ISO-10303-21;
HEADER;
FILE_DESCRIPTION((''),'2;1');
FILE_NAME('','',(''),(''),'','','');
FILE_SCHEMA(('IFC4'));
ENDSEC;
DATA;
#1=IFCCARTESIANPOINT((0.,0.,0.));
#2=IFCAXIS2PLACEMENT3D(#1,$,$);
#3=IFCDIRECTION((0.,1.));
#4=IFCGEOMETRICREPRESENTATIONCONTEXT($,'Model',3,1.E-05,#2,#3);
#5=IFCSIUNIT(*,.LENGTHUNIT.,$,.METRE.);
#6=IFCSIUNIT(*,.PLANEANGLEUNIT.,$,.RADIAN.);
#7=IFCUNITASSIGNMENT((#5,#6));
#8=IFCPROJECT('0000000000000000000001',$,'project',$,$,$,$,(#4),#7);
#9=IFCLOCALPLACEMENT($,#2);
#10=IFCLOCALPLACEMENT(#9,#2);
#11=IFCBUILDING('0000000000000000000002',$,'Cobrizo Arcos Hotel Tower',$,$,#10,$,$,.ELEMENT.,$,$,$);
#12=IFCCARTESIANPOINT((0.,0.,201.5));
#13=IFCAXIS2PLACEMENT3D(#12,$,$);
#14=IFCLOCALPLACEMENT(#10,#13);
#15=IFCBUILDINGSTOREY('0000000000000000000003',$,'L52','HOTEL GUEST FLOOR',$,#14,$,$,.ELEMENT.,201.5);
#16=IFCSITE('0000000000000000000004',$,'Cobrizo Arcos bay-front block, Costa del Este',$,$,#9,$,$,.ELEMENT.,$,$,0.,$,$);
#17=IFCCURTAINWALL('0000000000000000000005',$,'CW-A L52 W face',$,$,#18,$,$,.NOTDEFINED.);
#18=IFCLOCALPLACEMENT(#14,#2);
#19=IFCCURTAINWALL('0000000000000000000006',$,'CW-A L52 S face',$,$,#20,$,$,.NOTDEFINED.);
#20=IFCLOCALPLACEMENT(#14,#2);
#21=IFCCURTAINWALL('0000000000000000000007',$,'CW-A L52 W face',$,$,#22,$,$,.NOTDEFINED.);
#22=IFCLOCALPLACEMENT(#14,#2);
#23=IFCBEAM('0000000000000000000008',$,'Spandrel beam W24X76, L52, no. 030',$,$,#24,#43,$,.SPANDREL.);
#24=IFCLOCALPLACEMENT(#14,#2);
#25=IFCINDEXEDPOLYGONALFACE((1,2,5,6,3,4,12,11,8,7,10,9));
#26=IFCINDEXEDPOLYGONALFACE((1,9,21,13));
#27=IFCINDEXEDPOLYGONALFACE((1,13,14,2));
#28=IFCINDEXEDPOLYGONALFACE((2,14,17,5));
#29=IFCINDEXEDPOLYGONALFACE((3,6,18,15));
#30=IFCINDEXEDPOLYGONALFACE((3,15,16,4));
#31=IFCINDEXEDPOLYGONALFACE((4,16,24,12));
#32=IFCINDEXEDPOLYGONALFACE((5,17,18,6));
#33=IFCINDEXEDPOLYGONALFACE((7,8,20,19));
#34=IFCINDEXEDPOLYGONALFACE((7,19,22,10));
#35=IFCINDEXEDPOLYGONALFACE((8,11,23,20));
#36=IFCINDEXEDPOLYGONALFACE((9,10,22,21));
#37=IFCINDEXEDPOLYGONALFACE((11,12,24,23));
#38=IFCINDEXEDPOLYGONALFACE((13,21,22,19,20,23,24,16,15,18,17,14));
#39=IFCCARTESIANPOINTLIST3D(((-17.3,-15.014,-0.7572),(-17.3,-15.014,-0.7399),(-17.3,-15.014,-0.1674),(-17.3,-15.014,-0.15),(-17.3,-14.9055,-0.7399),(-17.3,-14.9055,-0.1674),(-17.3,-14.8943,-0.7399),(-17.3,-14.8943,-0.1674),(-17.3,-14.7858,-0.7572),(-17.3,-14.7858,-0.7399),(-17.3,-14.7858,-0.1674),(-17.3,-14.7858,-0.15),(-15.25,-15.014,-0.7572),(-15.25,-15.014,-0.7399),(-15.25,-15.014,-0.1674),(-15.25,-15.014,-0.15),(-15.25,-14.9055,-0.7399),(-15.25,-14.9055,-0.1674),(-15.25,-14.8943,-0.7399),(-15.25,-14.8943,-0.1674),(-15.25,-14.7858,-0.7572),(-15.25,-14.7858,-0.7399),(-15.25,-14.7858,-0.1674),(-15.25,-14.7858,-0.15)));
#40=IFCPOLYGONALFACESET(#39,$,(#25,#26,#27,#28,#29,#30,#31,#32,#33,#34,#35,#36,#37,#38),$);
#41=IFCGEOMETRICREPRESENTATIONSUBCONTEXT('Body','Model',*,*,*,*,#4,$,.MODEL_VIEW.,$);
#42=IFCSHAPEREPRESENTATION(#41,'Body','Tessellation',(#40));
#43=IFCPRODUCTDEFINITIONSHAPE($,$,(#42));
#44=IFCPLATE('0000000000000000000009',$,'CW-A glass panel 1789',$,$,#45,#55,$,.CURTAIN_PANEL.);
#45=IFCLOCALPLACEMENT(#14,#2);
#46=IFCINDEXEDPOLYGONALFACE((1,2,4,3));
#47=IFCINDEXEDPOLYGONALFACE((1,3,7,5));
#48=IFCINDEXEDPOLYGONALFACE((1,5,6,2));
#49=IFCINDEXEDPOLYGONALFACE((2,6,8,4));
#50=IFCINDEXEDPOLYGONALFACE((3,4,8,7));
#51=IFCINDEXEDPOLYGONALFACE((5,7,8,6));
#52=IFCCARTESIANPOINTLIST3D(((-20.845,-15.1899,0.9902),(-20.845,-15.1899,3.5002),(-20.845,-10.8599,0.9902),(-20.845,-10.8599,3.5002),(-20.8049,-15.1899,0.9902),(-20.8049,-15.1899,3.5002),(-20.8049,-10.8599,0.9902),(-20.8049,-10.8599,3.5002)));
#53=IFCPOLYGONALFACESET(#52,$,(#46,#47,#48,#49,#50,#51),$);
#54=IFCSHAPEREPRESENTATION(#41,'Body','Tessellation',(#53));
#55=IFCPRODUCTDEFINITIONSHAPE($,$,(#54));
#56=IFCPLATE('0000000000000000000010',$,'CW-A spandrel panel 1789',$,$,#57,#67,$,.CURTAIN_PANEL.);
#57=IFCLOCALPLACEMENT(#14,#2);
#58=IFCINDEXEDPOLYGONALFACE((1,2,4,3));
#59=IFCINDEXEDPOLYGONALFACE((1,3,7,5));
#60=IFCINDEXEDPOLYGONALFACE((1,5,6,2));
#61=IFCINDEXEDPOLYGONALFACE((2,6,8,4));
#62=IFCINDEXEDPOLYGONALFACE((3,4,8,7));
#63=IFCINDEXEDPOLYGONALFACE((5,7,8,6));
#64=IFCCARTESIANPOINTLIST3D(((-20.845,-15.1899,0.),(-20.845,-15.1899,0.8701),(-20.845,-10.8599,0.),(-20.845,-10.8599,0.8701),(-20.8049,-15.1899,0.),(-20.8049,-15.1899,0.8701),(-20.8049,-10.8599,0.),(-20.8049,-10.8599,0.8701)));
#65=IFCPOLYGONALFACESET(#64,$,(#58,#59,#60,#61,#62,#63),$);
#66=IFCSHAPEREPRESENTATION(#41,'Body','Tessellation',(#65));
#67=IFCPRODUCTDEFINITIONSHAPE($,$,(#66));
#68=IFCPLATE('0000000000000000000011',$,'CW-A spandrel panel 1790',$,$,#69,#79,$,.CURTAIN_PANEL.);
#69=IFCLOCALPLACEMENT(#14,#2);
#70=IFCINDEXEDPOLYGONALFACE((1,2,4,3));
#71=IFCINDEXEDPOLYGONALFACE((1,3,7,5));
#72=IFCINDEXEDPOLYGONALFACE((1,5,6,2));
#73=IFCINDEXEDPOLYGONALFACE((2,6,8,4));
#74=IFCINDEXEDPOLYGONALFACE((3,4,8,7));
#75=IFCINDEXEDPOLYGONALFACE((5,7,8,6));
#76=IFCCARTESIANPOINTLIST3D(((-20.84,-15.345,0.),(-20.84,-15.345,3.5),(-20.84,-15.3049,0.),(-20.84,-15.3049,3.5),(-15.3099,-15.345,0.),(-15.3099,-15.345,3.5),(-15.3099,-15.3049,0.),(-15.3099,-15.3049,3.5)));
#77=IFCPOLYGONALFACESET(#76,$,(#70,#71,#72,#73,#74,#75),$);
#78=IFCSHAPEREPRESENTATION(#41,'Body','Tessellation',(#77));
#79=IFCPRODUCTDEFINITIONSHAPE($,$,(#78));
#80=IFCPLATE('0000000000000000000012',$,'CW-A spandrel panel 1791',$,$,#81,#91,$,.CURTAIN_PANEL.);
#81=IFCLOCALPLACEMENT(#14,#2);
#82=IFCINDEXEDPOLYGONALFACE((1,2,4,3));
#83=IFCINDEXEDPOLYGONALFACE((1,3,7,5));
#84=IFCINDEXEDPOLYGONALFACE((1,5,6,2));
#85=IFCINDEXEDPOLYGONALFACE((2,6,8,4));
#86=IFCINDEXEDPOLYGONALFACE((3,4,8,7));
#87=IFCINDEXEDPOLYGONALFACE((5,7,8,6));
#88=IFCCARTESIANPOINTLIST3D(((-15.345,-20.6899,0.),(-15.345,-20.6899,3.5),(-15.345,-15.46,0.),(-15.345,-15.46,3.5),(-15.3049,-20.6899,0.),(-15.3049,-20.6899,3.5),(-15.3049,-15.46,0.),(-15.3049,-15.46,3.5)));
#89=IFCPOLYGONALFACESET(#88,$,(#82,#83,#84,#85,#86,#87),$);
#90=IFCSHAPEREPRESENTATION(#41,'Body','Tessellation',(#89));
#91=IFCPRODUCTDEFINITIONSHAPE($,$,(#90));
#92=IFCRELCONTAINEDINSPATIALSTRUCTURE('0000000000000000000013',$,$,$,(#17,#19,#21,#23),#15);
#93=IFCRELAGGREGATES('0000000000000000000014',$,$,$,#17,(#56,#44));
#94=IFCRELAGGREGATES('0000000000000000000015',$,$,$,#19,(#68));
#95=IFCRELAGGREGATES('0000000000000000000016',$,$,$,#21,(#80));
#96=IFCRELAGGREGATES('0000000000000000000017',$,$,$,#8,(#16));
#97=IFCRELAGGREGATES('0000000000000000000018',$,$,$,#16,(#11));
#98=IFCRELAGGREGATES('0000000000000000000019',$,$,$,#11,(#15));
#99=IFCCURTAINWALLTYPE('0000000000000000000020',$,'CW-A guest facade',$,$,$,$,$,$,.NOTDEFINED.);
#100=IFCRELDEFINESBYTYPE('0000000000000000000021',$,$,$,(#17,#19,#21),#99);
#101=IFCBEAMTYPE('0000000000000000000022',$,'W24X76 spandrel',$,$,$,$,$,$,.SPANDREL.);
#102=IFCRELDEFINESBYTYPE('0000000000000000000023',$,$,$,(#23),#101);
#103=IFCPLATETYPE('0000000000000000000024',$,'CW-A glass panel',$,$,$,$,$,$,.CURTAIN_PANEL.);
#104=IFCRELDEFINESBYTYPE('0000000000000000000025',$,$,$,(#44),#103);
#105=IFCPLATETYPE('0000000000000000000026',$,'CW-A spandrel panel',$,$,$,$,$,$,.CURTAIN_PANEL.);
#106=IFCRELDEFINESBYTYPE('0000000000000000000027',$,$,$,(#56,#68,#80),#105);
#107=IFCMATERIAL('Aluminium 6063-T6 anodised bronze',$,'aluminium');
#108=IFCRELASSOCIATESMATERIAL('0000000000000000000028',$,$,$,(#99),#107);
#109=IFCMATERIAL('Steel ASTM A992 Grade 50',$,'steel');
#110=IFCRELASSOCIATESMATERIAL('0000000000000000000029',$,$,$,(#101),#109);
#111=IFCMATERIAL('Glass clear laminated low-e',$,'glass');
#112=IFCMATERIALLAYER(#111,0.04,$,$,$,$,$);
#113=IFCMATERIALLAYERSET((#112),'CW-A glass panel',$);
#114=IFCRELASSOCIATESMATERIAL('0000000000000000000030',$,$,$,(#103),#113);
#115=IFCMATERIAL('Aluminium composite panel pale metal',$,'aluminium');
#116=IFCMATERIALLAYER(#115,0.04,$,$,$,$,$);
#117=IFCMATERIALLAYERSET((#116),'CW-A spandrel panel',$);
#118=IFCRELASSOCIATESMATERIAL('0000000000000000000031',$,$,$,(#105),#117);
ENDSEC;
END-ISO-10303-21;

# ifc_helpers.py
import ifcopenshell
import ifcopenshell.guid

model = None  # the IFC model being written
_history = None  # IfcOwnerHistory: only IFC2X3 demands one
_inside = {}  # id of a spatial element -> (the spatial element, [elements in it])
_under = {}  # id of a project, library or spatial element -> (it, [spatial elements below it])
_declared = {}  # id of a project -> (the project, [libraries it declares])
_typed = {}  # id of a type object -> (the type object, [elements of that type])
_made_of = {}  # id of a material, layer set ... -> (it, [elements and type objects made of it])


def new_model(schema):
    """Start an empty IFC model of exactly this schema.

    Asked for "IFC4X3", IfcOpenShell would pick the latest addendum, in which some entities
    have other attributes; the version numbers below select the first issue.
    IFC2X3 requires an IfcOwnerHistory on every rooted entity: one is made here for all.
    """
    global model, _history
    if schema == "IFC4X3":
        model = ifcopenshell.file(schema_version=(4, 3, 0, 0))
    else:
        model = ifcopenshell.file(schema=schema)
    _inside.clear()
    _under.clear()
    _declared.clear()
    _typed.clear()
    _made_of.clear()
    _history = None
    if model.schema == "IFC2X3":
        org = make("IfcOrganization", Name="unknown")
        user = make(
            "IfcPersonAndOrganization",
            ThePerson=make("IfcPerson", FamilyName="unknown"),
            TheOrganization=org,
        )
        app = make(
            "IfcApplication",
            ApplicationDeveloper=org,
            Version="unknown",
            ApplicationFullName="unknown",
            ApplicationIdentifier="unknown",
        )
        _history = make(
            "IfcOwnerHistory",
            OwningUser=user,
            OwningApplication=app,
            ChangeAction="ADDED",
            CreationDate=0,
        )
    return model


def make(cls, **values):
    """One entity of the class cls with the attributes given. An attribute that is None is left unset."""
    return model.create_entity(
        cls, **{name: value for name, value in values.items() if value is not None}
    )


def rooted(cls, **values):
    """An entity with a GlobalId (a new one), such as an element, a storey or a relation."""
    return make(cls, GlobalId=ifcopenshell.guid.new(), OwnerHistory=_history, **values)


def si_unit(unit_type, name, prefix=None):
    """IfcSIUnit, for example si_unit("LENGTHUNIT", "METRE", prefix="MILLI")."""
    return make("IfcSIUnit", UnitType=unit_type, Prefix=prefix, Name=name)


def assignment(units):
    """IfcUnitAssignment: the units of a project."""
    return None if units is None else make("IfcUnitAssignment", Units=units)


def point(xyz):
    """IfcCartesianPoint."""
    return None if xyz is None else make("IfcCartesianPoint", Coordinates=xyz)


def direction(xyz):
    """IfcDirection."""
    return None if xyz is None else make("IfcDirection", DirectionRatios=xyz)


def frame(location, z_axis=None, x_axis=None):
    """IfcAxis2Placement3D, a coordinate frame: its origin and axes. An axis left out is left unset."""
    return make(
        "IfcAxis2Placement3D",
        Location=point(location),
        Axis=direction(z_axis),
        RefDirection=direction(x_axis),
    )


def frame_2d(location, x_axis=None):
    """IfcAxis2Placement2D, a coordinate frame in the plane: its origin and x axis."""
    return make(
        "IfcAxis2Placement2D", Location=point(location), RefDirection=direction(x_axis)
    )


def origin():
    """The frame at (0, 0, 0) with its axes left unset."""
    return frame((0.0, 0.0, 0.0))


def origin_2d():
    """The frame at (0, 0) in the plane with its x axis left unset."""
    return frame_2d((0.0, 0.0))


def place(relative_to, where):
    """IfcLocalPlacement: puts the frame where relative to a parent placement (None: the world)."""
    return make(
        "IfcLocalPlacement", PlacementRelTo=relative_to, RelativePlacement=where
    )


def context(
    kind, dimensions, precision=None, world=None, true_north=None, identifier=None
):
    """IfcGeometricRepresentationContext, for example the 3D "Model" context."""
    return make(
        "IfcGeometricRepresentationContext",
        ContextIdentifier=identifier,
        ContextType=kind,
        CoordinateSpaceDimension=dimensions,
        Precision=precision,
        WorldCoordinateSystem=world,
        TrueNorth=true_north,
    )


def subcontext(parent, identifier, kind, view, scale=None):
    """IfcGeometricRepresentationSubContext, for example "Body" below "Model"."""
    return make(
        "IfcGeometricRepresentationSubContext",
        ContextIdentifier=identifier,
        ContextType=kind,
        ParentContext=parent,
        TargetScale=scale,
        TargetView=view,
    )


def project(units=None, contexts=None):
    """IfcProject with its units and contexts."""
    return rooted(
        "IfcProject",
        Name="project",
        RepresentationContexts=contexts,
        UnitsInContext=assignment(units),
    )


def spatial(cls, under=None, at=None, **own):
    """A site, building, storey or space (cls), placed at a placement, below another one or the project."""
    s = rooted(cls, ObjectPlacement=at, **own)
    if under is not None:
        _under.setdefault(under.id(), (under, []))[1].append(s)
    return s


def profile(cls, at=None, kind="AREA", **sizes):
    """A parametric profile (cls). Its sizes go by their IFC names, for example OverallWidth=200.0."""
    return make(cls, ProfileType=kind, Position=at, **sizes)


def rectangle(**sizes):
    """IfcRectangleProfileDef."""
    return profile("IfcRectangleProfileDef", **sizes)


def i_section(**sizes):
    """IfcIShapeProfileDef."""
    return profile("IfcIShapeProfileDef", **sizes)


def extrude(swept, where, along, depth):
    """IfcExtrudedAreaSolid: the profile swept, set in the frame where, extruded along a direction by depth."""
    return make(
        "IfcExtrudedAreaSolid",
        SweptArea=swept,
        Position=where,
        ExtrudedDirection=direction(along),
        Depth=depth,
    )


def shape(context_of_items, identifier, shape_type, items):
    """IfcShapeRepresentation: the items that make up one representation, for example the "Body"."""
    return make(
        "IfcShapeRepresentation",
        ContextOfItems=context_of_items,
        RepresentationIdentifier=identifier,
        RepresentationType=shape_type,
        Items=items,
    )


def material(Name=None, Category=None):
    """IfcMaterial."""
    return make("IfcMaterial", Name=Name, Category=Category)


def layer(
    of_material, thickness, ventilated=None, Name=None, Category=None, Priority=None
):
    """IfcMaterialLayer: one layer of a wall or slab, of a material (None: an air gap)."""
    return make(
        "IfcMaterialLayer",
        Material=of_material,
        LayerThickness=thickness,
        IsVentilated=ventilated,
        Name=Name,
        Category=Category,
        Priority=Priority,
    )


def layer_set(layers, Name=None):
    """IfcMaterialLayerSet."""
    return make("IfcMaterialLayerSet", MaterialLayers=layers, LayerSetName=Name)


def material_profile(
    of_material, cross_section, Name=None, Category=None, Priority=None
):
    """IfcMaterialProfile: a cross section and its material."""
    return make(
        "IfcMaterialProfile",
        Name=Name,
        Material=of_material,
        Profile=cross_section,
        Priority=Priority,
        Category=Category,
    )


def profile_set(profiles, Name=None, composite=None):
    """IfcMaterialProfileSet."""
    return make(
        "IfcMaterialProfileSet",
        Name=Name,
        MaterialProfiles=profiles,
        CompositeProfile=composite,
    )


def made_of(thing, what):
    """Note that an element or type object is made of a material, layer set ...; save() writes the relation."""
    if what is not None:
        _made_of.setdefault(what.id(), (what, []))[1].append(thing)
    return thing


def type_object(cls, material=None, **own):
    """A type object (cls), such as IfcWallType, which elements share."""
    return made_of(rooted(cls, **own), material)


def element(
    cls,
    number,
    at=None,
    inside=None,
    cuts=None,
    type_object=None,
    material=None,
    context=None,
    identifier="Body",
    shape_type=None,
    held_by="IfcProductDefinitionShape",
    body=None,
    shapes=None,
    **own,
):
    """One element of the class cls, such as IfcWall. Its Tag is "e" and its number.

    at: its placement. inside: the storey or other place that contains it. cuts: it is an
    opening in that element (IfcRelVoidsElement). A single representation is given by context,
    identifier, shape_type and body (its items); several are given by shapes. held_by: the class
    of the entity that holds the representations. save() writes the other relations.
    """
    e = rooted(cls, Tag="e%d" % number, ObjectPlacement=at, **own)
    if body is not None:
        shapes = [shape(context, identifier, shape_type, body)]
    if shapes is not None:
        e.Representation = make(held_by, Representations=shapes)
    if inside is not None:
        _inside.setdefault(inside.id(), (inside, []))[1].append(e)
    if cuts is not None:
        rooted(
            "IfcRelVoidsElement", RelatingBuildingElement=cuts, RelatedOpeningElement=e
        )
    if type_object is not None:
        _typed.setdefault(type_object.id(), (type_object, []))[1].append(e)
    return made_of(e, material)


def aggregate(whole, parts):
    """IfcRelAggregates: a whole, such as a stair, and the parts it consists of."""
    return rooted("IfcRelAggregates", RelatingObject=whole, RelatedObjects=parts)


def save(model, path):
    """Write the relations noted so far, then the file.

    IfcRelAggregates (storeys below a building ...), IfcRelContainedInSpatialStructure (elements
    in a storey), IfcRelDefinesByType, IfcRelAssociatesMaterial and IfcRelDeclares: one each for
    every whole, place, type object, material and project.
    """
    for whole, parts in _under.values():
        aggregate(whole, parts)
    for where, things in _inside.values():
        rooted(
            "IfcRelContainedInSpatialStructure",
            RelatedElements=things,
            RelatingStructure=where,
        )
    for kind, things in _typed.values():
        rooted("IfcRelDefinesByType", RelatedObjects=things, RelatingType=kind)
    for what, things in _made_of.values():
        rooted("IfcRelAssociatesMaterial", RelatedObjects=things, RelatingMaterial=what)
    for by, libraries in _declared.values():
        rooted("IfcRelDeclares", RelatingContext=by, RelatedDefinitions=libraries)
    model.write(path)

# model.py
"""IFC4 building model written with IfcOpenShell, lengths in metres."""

from ifc_helpers import new_model, si_unit, direction, frame, origin, origin_2d, place, context, subcontext, project, spatial, rectangle, i_section, extrude, material, layer, layer_set, material_profile, profile_set, type_object, element, aggregate, save


model = new_model("IFC4")

# Units and contexts
model_context = context("Model", 3, precision=1e-05, world=origin(), true_north=direction((0.0, 1.0)))
body_context = subcontext(model_context, "Body", "Model", "MODEL_VIEW")
ifc_project = project(units=[si_unit("LENGTHUNIT", "METRE"), si_unit("PLANEANGLEUNIT", "RADIAN")], contexts=[model_context])

# Site, building, storey
site_placement = place(None, origin())
site = spatial("IfcSite", under=ifc_project, at=site_placement, Name="Cobrizo Arcos bay-front block, Costa del Este", CompositionType="ELEMENT", RefElevation=0.0)
building_placement = place(site_placement, origin())
building = spatial("IfcBuilding", under=site, at=building_placement, Name="Cobrizo Arcos Hotel Tower", CompositionType="ELEMENT")
storey_placement = place(building_placement, frame((0.0, 0.0, 201.5)))
storey = spatial("IfcBuildingStorey", under=building, at=storey_placement, Name="L52", Description="HOTEL GUEST FLOOR", CompositionType="ELEMENT", Elevation=201.5)

# Curtain wall
ifc_material_1 = material(Name="Aluminium 6063-T6 anodised bronze", Category="aluminium")
curtain_wall_type = type_object("IfcCurtainWallType", Name="CW-A guest facade", PredefinedType="NOTDEFINED", material=ifc_material_1)
curtain_wall_1_placement = place(storey_placement, origin())
curtain_wall_1 = element("IfcCurtainWall", 1, at=curtain_wall_1_placement, inside=storey, type_object=curtain_wall_type, Name="CW-A L52 W face", PredefinedType="NOTDEFINED")

# Curtain walls
curtain_wall_2_placement = place(storey_placement, origin())
curtain_wall_2 = element("IfcCurtainWall", 2, at=curtain_wall_2_placement, inside=storey, type_object=curtain_wall_type, Name="CW-A L52 S face", PredefinedType="NOTDEFINED")
curtain_wall_3_placement = place(storey_placement, origin())
curtain_wall_3 = element("IfcCurtainWall", 3, at=curtain_wall_3_placement, inside=storey, type_object=curtain_wall_type, Name="CW-A L52 W face", PredefinedType="NOTDEFINED")

# Beam
ifc_material_2 = material(Name="Steel ASTM A992 Grade 50", Category="steel")
ifc_material_profile_1 = material_profile(ifc_material_2, i_section(OverallWidth=0.2283, OverallDepth=0.6072, WebThickness=0.0112, FlangeThickness=0.0173, at=origin_2d()), Name="W24X76")
ifc_profile_set_1 = profile_set([ifc_material_profile_1], Name="Steel ASTM A992 Grade 50")
beam_type_1 = type_object("IfcBeamType", Name="W24X76 spandrel", PredefinedType="SPANDREL", material=ifc_profile_set_1)
for number, where, z_axis, x_axis, name in (
    (4, (-17.3, -14.8999, -0.4536), (1.0, 0.0, 0.0), (0.0, 1.0, 0.0), "Spandrel beam W24X76, L52, no. 030"),
):
    element("IfcBeam", number, at=place(storey_placement, frame(where, z_axis=z_axis, x_axis=x_axis)), inside=storey, type_object=beam_type_1, Name=name, PredefinedType="SPANDREL", context=body_context, shape_type="SweptSolid", body=[
        extrude(i_section(OverallWidth=0.2283, OverallDepth=0.6072, WebThickness=0.0112, FlangeThickness=0.0173, at=origin_2d()), origin(), (0.0, 0.0, 1.0), 2.05),
    ])

# Plates
ifc_material_3 = material(Name="Glass clear laminated low-e", Category="glass")
ifc_layer_1 = layer(ifc_material_3, 0.04)
ifc_layer_set_1 = layer_set([ifc_layer_1], Name="CW-A glass panel")
plate_type_1 = type_object("IfcPlateType", Name="CW-A glass panel", PredefinedType="CURTAIN_PANEL", material=ifc_layer_set_1)
plate_1_placement = place(storey_placement, frame((-20.825, -13.0249, 0.9902), z_axis=(0.0, 0.0, 1.0), x_axis=(0.0, -1.0, 0.0)))
plate_1 = element("IfcPlate", 5, at=plate_1_placement, type_object=plate_type_1, Name="CW-A glass panel 1789", PredefinedType="CURTAIN_PANEL", context=body_context, shape_type="SweptSolid", body=[
    extrude(rectangle(XDim=4.3301, YDim=0.04, at=origin_2d()), origin(), (0.0, 0.0, 1.0), 2.51),
])
ifc_material_4 = material(Name="Aluminium composite panel pale metal", Category="aluminium")
ifc_layer_2 = layer(ifc_material_4, 0.04)
ifc_layer_set_2 = layer_set([ifc_layer_2], Name="CW-A spandrel panel")
plate_type_2 = type_object("IfcPlateType", Name="CW-A spandrel panel", PredefinedType="CURTAIN_PANEL", material=ifc_layer_set_2)
plate_2_placement = place(storey_placement, frame((-20.825, -13.0249, 0.0), z_axis=(0.0, 0.0, 1.0), x_axis=(0.0, -1.0, 0.0)))
plate_2 = element("IfcPlate", 6, at=plate_2_placement, type_object=plate_type_2, Name="CW-A spandrel panel 1789", PredefinedType="CURTAIN_PANEL", context=body_context, shape_type="SweptSolid", body=[
    extrude(rectangle(XDim=4.3301, YDim=0.04, at=origin_2d()), origin(), (0.0, 0.0, 1.0), 0.8701),
])
aggregate(curtain_wall_1, [plate_2, plate_1])
plate_3_placement = place(storey_placement, frame((-18.075, -15.325, 0.0), z_axis=(0.0, 0.0, 1.0), x_axis=(1.0, 0.0, 0.0)))
plate_3 = element("IfcPlate", 7, at=plate_3_placement, type_object=plate_type_2, Name="CW-A spandrel panel 1790", PredefinedType="CURTAIN_PANEL", context=body_context, shape_type="SweptSolid", body=[
    extrude(rectangle(XDim=5.53, YDim=0.04, at=origin_2d()), origin(), (0.0, 0.0, 1.0), 3.5),
])
aggregate(curtain_wall_2, [plate_3])
plate_4_placement = place(storey_placement, frame((-15.325, -18.075, 0.0), z_axis=(0.0, 0.0, 1.0), x_axis=(0.0, -1.0, 0.0)))
plate_4 = element("IfcPlate", 8, at=plate_4_placement, type_object=plate_type_2, Name="CW-A spandrel panel 1791", PredefinedType="CURTAIN_PANEL", context=body_context, shape_type="SweptSolid", body=[
    extrude(rectangle(XDim=5.23, YDim=0.04, at=origin_2d()), origin(), (0.0, 0.0, 1.0), 3.5),
])
aggregate(curtain_wall_3, [plate_4])

save(model, "model.ifc")
